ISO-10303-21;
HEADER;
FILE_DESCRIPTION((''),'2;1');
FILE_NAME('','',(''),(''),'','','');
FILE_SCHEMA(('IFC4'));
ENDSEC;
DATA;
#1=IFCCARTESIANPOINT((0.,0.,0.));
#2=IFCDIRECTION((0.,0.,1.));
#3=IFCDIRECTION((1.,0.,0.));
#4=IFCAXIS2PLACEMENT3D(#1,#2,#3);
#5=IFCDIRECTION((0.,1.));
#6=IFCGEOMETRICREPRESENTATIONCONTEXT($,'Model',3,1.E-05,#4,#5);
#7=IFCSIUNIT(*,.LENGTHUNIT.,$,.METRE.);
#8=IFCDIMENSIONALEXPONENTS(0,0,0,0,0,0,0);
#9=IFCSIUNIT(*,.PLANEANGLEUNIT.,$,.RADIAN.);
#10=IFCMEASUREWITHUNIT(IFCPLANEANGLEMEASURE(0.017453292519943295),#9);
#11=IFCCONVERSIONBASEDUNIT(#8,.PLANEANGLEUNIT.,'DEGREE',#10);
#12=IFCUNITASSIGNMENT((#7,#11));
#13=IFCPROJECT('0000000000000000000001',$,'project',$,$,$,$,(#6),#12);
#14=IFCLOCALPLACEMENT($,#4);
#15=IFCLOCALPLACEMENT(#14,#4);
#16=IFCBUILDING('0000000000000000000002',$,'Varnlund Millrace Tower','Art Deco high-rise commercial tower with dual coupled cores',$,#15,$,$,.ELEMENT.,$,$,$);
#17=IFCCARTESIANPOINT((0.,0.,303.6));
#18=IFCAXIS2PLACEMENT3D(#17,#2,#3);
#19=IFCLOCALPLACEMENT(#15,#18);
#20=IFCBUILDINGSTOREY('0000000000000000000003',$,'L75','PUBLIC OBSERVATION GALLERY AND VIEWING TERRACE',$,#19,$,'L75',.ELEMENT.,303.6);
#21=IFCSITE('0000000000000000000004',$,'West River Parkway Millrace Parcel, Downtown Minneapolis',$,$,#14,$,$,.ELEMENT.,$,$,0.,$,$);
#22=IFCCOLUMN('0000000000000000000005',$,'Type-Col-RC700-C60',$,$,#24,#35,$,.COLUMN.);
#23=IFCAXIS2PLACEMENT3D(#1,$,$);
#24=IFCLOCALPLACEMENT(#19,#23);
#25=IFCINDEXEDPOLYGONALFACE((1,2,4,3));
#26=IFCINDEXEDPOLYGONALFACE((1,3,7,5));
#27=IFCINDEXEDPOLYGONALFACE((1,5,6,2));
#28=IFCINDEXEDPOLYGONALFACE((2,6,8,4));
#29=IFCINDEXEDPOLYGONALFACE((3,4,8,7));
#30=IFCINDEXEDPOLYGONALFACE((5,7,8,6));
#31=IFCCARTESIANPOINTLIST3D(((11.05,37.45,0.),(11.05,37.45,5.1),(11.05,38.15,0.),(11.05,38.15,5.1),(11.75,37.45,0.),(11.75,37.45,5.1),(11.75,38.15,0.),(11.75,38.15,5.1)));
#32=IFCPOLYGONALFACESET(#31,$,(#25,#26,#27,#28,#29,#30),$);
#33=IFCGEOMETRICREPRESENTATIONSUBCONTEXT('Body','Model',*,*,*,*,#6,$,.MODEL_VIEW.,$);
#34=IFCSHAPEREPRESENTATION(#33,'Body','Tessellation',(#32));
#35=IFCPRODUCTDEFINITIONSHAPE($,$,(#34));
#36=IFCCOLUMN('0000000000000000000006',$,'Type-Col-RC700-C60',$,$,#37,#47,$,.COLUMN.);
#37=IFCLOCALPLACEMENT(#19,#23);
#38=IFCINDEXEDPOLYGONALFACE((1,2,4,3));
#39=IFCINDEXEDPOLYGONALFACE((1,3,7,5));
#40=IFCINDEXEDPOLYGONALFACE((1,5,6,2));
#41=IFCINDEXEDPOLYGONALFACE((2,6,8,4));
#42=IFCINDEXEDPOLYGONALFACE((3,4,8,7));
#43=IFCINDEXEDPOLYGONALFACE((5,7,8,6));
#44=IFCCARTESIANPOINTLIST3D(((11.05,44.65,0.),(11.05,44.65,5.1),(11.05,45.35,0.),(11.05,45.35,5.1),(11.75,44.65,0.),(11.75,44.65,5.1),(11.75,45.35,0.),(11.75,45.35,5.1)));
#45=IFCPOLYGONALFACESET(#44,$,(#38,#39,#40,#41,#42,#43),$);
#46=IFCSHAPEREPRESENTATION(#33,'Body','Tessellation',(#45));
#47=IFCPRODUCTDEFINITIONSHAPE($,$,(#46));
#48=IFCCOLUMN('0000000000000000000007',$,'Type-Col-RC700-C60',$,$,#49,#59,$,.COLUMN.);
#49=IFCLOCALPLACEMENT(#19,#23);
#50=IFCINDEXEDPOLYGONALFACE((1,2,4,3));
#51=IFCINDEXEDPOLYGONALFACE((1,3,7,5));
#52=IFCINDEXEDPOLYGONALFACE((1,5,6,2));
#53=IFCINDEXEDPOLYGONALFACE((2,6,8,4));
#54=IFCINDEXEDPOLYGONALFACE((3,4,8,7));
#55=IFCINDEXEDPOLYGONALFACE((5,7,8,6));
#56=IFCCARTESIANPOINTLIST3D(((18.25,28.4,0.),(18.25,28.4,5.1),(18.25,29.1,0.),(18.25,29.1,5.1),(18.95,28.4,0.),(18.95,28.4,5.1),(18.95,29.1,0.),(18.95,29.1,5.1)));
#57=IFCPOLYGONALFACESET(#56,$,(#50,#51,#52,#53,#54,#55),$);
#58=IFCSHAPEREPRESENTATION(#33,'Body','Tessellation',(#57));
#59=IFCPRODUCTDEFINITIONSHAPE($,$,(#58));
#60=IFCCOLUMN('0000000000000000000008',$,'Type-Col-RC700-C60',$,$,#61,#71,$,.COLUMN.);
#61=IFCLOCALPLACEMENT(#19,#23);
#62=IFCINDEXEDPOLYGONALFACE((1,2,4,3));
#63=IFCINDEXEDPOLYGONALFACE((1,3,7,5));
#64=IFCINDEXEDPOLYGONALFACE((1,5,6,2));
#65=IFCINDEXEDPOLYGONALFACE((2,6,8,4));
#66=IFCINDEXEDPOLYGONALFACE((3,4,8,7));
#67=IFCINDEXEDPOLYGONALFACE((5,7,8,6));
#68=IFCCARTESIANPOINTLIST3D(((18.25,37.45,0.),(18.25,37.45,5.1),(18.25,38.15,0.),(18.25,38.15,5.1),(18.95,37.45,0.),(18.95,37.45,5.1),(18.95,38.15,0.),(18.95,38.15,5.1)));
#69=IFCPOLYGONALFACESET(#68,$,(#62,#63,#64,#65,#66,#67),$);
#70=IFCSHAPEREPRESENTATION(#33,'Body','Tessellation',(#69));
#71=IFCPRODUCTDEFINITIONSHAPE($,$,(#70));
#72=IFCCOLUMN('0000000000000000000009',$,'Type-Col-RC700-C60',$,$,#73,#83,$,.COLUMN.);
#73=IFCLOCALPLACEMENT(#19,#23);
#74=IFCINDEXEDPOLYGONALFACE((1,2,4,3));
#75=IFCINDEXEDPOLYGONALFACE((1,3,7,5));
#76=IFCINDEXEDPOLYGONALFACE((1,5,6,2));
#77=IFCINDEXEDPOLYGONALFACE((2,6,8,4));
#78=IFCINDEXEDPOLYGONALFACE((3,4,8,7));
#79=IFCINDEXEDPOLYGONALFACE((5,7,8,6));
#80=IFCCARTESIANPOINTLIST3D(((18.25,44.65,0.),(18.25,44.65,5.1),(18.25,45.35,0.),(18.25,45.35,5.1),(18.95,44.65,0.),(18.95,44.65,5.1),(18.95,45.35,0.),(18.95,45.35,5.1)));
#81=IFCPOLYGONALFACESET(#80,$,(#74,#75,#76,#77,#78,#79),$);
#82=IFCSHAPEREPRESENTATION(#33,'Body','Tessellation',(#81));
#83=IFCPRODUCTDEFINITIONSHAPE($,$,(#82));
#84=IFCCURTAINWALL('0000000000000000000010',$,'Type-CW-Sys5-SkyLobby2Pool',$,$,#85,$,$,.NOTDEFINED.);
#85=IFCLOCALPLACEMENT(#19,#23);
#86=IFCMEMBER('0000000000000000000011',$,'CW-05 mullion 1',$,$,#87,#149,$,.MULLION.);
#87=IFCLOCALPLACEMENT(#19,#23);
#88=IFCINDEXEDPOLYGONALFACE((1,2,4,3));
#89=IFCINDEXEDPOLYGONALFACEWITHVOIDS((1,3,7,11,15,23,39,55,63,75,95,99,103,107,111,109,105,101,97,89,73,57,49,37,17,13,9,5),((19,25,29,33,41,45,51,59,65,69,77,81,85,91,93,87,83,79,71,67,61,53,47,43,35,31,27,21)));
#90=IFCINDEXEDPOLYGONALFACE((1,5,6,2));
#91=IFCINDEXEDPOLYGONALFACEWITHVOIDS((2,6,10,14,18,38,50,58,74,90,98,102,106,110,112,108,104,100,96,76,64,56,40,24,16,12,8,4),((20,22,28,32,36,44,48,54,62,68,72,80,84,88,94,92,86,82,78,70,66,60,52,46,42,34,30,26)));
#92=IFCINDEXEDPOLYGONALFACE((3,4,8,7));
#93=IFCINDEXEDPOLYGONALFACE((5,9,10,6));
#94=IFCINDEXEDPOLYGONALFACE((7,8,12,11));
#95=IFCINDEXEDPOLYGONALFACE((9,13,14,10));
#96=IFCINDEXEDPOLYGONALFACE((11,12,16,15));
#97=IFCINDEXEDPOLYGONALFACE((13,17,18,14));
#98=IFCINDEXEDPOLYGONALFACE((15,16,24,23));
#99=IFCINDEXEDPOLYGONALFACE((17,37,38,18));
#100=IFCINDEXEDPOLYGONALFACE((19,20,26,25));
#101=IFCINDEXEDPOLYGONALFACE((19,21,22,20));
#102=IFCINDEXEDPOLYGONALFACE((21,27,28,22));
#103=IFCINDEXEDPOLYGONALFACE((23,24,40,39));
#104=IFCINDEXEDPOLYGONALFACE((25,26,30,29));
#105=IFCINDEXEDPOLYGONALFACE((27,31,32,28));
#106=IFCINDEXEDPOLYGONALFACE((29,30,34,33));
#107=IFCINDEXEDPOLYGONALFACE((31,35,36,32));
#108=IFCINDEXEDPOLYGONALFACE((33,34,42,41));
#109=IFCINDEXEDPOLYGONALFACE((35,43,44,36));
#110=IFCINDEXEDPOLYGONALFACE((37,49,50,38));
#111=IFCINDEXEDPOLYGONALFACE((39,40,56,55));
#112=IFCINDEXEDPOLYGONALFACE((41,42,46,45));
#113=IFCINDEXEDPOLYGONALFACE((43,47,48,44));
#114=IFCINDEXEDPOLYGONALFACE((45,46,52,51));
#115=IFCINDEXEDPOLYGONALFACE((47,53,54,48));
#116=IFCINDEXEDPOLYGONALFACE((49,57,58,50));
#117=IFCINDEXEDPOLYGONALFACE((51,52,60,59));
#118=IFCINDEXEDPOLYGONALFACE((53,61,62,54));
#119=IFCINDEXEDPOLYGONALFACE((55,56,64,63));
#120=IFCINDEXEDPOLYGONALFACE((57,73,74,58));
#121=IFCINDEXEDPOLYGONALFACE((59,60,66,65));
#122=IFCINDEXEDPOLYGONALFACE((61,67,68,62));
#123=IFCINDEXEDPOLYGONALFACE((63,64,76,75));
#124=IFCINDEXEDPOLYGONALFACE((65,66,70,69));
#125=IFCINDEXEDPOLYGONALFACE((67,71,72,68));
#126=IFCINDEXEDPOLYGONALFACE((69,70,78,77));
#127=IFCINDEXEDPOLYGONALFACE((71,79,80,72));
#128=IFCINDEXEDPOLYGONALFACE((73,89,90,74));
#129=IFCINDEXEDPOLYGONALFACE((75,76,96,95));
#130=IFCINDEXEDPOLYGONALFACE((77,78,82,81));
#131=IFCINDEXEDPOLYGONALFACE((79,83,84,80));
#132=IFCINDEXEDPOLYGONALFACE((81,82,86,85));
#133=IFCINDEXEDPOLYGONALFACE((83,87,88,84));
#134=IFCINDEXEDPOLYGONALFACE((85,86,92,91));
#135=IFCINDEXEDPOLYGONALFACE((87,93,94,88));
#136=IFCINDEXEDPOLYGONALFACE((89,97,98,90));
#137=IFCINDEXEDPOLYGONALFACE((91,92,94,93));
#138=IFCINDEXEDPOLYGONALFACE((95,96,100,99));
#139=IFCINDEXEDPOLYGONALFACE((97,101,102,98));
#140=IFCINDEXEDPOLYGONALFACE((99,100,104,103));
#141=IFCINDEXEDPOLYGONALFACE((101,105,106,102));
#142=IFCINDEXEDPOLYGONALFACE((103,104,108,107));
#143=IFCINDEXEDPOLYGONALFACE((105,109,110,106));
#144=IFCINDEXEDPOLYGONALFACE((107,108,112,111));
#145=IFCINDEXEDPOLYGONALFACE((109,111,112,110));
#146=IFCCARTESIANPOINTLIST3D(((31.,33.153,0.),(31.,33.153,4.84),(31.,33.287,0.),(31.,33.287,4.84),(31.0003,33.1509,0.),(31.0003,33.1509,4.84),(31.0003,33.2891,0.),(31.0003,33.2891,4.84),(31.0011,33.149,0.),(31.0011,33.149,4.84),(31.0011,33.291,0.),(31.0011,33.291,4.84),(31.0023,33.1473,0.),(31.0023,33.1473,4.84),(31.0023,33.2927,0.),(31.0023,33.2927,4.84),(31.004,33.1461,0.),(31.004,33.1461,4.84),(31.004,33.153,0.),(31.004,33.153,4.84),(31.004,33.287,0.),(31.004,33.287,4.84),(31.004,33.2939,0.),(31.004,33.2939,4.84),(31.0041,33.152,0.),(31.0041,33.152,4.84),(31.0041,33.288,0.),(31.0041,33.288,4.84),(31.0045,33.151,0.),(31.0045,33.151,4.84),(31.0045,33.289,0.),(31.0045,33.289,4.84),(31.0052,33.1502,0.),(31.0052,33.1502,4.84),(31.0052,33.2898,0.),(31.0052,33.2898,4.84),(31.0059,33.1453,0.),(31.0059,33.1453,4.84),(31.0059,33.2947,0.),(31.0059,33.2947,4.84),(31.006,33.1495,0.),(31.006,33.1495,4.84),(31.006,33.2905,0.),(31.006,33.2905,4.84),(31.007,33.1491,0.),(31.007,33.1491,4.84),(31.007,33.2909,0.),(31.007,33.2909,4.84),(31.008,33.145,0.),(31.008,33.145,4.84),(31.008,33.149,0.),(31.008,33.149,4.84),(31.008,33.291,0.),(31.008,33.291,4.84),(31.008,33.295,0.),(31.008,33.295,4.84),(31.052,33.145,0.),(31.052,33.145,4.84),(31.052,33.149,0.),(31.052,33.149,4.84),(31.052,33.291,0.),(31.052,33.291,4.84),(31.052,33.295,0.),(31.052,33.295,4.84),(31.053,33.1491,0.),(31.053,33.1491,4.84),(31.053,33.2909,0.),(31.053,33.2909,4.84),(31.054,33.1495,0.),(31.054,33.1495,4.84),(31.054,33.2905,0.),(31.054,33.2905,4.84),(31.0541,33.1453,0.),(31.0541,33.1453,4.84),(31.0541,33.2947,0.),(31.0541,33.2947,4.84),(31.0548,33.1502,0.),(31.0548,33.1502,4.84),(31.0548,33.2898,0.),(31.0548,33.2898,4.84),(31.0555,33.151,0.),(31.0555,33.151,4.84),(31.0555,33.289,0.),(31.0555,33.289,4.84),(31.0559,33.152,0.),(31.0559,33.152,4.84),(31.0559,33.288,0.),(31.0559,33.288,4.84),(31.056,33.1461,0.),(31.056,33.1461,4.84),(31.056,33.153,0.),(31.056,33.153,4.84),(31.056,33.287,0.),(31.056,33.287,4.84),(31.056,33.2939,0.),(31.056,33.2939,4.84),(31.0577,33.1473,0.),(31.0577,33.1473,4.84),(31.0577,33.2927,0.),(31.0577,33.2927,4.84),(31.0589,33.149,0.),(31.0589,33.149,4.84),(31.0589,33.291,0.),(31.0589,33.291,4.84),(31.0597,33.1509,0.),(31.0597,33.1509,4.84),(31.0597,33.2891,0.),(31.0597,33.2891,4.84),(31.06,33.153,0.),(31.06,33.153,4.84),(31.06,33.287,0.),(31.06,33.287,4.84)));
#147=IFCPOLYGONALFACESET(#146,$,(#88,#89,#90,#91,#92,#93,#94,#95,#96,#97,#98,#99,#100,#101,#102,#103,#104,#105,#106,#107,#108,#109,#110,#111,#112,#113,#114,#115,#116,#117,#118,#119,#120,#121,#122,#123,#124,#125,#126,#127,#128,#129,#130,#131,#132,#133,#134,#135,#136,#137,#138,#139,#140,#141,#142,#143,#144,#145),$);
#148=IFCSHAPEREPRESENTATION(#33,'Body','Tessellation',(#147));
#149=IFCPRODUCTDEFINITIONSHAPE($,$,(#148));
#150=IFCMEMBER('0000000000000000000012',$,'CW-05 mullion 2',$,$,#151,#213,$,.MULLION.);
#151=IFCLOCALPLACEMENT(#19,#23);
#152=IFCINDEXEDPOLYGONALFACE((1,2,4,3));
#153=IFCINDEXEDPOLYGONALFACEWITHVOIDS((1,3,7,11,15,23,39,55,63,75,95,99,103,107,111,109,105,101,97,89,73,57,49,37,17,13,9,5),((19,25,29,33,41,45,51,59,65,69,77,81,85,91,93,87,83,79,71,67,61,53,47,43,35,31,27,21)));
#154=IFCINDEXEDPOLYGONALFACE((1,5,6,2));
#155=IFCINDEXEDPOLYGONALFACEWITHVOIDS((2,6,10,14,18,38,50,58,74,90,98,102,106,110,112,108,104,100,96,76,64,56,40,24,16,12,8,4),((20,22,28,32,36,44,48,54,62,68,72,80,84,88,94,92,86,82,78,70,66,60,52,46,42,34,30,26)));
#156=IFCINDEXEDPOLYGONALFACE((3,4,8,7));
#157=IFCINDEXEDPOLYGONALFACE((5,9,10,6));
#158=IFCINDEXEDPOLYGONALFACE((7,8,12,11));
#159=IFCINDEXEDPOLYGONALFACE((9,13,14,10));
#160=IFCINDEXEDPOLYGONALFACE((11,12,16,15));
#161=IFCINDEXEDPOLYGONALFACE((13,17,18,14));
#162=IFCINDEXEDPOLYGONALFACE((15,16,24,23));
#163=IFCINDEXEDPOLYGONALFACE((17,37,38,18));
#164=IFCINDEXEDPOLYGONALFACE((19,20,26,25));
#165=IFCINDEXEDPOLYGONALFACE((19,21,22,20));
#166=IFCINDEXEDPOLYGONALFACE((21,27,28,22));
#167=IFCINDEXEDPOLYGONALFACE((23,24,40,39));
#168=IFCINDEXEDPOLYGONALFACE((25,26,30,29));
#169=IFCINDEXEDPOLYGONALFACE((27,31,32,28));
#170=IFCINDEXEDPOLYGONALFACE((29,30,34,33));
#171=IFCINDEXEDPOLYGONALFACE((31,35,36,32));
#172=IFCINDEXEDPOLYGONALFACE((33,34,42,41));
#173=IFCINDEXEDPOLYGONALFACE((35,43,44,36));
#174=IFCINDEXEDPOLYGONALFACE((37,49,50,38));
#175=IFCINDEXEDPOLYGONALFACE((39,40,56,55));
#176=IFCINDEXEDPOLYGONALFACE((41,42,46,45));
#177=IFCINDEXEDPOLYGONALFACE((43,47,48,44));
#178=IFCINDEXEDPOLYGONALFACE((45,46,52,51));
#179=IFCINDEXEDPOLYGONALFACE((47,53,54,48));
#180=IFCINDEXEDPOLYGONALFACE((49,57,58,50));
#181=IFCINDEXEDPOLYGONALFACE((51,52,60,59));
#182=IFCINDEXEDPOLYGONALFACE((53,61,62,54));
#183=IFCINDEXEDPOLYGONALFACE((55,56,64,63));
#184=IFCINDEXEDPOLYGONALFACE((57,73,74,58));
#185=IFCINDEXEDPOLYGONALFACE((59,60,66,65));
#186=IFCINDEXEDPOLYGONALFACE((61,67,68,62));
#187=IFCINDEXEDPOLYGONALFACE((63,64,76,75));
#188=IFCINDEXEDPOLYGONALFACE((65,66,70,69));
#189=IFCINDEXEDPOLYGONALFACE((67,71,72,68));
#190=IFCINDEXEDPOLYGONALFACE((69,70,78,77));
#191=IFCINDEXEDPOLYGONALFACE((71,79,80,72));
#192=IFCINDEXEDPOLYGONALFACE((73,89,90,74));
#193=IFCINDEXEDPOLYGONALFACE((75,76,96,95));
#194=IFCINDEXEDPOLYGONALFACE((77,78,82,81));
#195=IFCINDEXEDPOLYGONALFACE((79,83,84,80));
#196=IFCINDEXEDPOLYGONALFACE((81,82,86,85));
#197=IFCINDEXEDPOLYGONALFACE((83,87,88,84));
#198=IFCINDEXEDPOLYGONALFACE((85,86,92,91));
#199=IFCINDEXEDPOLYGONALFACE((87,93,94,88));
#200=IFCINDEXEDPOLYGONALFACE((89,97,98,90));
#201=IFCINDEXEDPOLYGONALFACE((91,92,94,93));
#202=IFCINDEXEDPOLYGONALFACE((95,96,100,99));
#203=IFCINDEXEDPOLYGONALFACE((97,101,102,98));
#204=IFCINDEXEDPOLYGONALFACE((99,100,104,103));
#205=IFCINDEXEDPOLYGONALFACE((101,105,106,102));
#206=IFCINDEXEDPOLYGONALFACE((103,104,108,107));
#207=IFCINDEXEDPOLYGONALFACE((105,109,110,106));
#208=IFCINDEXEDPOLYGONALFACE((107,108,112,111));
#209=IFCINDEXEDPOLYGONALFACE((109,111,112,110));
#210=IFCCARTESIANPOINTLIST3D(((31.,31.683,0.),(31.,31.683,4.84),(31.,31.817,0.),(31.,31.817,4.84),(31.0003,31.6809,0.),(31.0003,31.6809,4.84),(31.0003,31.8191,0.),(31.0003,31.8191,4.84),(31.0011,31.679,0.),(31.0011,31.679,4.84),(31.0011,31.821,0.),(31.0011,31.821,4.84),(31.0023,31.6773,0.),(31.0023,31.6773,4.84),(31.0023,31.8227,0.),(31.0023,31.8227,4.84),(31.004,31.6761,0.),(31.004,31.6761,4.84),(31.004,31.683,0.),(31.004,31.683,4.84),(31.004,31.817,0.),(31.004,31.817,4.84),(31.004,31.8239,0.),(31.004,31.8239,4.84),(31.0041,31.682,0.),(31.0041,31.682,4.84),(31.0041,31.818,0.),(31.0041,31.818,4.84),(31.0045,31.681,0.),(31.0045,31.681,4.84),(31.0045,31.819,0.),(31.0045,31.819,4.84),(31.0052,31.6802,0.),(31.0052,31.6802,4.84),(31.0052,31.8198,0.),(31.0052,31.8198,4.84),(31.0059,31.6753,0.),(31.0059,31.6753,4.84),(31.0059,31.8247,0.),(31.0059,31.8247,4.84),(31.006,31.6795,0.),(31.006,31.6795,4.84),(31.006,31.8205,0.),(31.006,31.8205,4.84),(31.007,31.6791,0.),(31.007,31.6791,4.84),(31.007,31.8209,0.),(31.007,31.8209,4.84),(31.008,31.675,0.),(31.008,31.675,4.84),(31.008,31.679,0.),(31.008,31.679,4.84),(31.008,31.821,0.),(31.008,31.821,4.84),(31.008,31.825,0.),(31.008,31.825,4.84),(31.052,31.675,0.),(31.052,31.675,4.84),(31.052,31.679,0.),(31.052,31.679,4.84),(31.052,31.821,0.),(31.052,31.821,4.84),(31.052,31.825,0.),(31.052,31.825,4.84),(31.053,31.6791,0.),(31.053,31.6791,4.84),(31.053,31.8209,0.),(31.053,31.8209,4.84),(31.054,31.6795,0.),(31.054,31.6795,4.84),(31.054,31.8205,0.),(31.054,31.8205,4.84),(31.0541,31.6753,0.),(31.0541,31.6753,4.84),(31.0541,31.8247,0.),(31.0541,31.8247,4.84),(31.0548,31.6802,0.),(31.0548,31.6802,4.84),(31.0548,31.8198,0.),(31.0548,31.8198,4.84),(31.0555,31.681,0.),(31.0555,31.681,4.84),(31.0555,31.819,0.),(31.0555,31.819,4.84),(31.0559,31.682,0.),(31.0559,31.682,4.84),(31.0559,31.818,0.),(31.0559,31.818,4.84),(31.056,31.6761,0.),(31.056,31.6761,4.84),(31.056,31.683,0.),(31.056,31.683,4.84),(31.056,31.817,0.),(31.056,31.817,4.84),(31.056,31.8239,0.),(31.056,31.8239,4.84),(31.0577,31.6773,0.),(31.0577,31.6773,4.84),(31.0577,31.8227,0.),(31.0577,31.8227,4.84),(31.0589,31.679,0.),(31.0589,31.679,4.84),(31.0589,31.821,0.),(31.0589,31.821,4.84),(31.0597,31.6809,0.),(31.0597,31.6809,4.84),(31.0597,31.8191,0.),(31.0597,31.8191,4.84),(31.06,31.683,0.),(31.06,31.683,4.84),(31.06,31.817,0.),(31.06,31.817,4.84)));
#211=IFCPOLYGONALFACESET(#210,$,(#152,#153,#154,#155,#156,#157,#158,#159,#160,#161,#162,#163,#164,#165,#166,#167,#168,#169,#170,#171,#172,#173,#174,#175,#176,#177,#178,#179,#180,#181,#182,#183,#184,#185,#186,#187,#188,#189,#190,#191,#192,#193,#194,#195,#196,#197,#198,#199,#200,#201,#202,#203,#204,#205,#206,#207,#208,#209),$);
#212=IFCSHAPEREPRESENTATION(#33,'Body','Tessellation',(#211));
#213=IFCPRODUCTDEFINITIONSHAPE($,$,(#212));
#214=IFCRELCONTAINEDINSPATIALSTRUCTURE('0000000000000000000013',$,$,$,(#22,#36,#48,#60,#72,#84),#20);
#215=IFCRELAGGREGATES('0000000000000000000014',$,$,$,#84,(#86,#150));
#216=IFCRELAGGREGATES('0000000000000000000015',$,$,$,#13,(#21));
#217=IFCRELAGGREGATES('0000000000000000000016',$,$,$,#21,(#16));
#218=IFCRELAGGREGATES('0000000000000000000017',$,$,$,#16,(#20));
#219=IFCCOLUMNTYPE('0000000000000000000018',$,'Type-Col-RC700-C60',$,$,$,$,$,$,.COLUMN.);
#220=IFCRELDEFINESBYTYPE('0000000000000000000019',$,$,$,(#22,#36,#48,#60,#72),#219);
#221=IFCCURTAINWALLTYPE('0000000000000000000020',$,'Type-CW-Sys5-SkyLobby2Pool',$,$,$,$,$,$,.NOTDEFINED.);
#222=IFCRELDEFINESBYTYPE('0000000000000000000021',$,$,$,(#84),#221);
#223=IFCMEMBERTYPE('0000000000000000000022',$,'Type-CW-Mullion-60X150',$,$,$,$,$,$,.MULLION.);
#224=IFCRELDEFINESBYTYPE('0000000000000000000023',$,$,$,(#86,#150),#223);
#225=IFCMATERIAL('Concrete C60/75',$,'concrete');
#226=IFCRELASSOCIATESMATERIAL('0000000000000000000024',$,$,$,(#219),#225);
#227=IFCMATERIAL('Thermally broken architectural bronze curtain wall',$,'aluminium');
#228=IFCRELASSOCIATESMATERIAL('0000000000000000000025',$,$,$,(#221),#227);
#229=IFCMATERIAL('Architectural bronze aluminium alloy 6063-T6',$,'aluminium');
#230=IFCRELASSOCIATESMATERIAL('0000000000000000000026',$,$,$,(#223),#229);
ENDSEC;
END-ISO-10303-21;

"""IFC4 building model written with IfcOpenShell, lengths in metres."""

from ifc_helpers import new_model, entity, si_unit, converted_unit, direction, frame, origin_with_axes, origin_2d_with_axis, place, context, subcontext, project, spatial, rectangle, hollow_rectangle, extrude, material, material_profile, profile_set, type_object, element, aggregate, save


model = new_model("IFC4")

# Units and contexts
model_context = context("Model", 3, precision=1e-05, world=origin_with_axes(), true_north=direction((0.0, 1.0)))
body_context = subcontext(model_context, "Body", "Model", "MODEL_VIEW")
ifc_project = project(units=[si_unit("LENGTHUNIT", "METRE"), converted_unit("PLANEANGLEUNIT", "DEGREE", entity("IfcPlaneAngleMeasure", 0.017453292519943295), si_unit("PLANEANGLEUNIT", "RADIAN"), dimensions=[0, 0, 0, 0, 0, 0, 0])], contexts=[model_context])

# Site, building, storey
site_placement = place(None, origin_with_axes())
site = spatial("IfcSite", under=ifc_project, at=site_placement, Name="West River Parkway Millrace Parcel, Downtown Minneapolis", CompositionType="ELEMENT", RefElevation=0.0)
building_placement = place(site_placement, origin_with_axes())
building = spatial("IfcBuilding", under=site, at=building_placement, Name="Varnlund Millrace Tower", Description="Art Deco high-rise commercial tower with dual coupled cores", CompositionType="ELEMENT")
storey_placement = place(building_placement, frame((0.0, 0.0, 303.6), z_axis=(0.0, 0.0, 1.0), x_axis=(1.0, 0.0, 0.0)))
storey = spatial("IfcBuildingStorey", under=building, at=storey_placement, Name="L75", Description="PUBLIC OBSERVATION GALLERY AND VIEWING TERRACE", LongName="L75", CompositionType="ELEMENT", Elevation=303.6)

# Columns
ifc_material_1 = material(Name="Concrete C60/75", Category="concrete")
ifc_material_profile_1 = material_profile(ifc_material_1, rectangle(XDim=0.7, YDim=0.7, at=origin_2d_with_axis()), Name="Concrete C60/75")
ifc_profile_set_1 = profile_set([ifc_material_profile_1], Name="Concrete C60/75")
column_type = type_object("IfcColumnType", Name="Type-Col-RC700-C60", PredefinedType="COLUMN", material=ifc_profile_set_1)
for number, where, z_axis, x_axis, name in (
    (1, (11.4, 37.8, 0.0), (0.0, 0.0, 1.0), (1.0, 0.0, 0.0), "Type-Col-RC700-C60"),
    (2, (11.4, 45.0, 0.0), (0.0, 0.0, 1.0), (1.0, 0.0, 0.0), "Type-Col-RC700-C60"),
    (3, (18.6, 28.75, 0.0), (0.0, 0.0, 1.0), (1.0, 0.0, 0.0), "Type-Col-RC700-C60"),
    (4, (18.6, 37.8, 0.0), (0.0, 0.0, 1.0), (1.0, 0.0, 0.0), "Type-Col-RC700-C60"),
    (5, (18.6, 45.0, 0.0), (0.0, 0.0, 1.0), (1.0, 0.0, 0.0), "Type-Col-RC700-C60"),
):
    element("IfcColumn", number, at=place(storey_placement, frame(where, z_axis=z_axis, x_axis=x_axis)), inside=storey, type_object=column_type, Name=name, PredefinedType="COLUMN", context=body_context, shape_type="SweptSolid", body=[
        extrude(rectangle(XDim=0.7, YDim=0.7, at=origin_2d_with_axis()), origin_with_axes(), (0.0, 0.0, 1.0), 5.1),
    ])

# Curtain wall, members
ifc_material_2 = material(Name="Thermally broken architectural bronze curtain wall", Category="aluminium")
curtain_wall_type = type_object("IfcCurtainWallType", Name="Type-CW-Sys5-SkyLobby2Pool", PredefinedType="NOTDEFINED", material=ifc_material_2)
curtain_wall_1_placement = place(storey_placement, frame((31.03, 33.25, 0.0), z_axis=(0.0, 0.0, 1.0), x_axis=(1.0, 0.0, 0.0)))
curtain_wall_1 = element("IfcCurtainWall", 6, at=curtain_wall_1_placement, inside=storey, type_object=curtain_wall_type, Name="Type-CW-Sys5-SkyLobby2Pool", PredefinedType="NOTDEFINED")
ifc_material_3 = material(Name="Architectural bronze aluminium alloy 6063-T6", Category="aluminium")
ifc_material_profile_2 = material_profile(ifc_material_3, hollow_rectangle(XDim=0.06, YDim=0.15, WallThickness=0.004, InnerFilletRadius=0.004, OuterFilletRadius=0.008, at=origin_2d_with_axis()), Name="Architectural bronze aluminium alloy 6063-T6")
ifc_profile_set_2 = profile_set([ifc_material_profile_2], Name="Architectural bronze aluminium alloy 6063-T6")
member_type = type_object("IfcMemberType", Name="Type-CW-Mullion-60X150", PredefinedType="MULLION", material=ifc_profile_set_2)
member_1_placement = place(storey_placement, frame((31.03, 33.22, 0.0), z_axis=(0.0, 0.0, 1.0), x_axis=(1.0, 0.0, 0.0)))
member_1 = element("IfcMember", 7, at=member_1_placement, type_object=member_type, Name="CW-05 mullion 1", PredefinedType="MULLION", context=body_context, shape_type="SweptSolid", body=[
    extrude(hollow_rectangle(XDim=0.06, YDim=0.15, WallThickness=0.004, InnerFilletRadius=0.004, OuterFilletRadius=0.008, at=origin_2d_with_axis()), origin_with_axes(), (0.0, 0.0, 1.0), 4.84),
])
member_2_placement = place(storey_placement, frame((31.03, 31.75, 0.0), z_axis=(0.0, 0.0, 1.0), x_axis=(1.0, 0.0, 0.0)))
member_2 = element("IfcMember", 8, at=member_2_placement, type_object=member_type, Name="CW-05 mullion 2", PredefinedType="MULLION", context=body_context, shape_type="SweptSolid", body=[
    extrude(hollow_rectangle(XDim=0.06, YDim=0.15, WallThickness=0.004, InnerFilletRadius=0.004, OuterFilletRadius=0.008, at=origin_2d_with_axis()), origin_with_axes(), (0.0, 0.0, 1.0), 4.84),
])
aggregate(curtain_wall_1, [member_1, member_2])

save(model, "model.ifc")
